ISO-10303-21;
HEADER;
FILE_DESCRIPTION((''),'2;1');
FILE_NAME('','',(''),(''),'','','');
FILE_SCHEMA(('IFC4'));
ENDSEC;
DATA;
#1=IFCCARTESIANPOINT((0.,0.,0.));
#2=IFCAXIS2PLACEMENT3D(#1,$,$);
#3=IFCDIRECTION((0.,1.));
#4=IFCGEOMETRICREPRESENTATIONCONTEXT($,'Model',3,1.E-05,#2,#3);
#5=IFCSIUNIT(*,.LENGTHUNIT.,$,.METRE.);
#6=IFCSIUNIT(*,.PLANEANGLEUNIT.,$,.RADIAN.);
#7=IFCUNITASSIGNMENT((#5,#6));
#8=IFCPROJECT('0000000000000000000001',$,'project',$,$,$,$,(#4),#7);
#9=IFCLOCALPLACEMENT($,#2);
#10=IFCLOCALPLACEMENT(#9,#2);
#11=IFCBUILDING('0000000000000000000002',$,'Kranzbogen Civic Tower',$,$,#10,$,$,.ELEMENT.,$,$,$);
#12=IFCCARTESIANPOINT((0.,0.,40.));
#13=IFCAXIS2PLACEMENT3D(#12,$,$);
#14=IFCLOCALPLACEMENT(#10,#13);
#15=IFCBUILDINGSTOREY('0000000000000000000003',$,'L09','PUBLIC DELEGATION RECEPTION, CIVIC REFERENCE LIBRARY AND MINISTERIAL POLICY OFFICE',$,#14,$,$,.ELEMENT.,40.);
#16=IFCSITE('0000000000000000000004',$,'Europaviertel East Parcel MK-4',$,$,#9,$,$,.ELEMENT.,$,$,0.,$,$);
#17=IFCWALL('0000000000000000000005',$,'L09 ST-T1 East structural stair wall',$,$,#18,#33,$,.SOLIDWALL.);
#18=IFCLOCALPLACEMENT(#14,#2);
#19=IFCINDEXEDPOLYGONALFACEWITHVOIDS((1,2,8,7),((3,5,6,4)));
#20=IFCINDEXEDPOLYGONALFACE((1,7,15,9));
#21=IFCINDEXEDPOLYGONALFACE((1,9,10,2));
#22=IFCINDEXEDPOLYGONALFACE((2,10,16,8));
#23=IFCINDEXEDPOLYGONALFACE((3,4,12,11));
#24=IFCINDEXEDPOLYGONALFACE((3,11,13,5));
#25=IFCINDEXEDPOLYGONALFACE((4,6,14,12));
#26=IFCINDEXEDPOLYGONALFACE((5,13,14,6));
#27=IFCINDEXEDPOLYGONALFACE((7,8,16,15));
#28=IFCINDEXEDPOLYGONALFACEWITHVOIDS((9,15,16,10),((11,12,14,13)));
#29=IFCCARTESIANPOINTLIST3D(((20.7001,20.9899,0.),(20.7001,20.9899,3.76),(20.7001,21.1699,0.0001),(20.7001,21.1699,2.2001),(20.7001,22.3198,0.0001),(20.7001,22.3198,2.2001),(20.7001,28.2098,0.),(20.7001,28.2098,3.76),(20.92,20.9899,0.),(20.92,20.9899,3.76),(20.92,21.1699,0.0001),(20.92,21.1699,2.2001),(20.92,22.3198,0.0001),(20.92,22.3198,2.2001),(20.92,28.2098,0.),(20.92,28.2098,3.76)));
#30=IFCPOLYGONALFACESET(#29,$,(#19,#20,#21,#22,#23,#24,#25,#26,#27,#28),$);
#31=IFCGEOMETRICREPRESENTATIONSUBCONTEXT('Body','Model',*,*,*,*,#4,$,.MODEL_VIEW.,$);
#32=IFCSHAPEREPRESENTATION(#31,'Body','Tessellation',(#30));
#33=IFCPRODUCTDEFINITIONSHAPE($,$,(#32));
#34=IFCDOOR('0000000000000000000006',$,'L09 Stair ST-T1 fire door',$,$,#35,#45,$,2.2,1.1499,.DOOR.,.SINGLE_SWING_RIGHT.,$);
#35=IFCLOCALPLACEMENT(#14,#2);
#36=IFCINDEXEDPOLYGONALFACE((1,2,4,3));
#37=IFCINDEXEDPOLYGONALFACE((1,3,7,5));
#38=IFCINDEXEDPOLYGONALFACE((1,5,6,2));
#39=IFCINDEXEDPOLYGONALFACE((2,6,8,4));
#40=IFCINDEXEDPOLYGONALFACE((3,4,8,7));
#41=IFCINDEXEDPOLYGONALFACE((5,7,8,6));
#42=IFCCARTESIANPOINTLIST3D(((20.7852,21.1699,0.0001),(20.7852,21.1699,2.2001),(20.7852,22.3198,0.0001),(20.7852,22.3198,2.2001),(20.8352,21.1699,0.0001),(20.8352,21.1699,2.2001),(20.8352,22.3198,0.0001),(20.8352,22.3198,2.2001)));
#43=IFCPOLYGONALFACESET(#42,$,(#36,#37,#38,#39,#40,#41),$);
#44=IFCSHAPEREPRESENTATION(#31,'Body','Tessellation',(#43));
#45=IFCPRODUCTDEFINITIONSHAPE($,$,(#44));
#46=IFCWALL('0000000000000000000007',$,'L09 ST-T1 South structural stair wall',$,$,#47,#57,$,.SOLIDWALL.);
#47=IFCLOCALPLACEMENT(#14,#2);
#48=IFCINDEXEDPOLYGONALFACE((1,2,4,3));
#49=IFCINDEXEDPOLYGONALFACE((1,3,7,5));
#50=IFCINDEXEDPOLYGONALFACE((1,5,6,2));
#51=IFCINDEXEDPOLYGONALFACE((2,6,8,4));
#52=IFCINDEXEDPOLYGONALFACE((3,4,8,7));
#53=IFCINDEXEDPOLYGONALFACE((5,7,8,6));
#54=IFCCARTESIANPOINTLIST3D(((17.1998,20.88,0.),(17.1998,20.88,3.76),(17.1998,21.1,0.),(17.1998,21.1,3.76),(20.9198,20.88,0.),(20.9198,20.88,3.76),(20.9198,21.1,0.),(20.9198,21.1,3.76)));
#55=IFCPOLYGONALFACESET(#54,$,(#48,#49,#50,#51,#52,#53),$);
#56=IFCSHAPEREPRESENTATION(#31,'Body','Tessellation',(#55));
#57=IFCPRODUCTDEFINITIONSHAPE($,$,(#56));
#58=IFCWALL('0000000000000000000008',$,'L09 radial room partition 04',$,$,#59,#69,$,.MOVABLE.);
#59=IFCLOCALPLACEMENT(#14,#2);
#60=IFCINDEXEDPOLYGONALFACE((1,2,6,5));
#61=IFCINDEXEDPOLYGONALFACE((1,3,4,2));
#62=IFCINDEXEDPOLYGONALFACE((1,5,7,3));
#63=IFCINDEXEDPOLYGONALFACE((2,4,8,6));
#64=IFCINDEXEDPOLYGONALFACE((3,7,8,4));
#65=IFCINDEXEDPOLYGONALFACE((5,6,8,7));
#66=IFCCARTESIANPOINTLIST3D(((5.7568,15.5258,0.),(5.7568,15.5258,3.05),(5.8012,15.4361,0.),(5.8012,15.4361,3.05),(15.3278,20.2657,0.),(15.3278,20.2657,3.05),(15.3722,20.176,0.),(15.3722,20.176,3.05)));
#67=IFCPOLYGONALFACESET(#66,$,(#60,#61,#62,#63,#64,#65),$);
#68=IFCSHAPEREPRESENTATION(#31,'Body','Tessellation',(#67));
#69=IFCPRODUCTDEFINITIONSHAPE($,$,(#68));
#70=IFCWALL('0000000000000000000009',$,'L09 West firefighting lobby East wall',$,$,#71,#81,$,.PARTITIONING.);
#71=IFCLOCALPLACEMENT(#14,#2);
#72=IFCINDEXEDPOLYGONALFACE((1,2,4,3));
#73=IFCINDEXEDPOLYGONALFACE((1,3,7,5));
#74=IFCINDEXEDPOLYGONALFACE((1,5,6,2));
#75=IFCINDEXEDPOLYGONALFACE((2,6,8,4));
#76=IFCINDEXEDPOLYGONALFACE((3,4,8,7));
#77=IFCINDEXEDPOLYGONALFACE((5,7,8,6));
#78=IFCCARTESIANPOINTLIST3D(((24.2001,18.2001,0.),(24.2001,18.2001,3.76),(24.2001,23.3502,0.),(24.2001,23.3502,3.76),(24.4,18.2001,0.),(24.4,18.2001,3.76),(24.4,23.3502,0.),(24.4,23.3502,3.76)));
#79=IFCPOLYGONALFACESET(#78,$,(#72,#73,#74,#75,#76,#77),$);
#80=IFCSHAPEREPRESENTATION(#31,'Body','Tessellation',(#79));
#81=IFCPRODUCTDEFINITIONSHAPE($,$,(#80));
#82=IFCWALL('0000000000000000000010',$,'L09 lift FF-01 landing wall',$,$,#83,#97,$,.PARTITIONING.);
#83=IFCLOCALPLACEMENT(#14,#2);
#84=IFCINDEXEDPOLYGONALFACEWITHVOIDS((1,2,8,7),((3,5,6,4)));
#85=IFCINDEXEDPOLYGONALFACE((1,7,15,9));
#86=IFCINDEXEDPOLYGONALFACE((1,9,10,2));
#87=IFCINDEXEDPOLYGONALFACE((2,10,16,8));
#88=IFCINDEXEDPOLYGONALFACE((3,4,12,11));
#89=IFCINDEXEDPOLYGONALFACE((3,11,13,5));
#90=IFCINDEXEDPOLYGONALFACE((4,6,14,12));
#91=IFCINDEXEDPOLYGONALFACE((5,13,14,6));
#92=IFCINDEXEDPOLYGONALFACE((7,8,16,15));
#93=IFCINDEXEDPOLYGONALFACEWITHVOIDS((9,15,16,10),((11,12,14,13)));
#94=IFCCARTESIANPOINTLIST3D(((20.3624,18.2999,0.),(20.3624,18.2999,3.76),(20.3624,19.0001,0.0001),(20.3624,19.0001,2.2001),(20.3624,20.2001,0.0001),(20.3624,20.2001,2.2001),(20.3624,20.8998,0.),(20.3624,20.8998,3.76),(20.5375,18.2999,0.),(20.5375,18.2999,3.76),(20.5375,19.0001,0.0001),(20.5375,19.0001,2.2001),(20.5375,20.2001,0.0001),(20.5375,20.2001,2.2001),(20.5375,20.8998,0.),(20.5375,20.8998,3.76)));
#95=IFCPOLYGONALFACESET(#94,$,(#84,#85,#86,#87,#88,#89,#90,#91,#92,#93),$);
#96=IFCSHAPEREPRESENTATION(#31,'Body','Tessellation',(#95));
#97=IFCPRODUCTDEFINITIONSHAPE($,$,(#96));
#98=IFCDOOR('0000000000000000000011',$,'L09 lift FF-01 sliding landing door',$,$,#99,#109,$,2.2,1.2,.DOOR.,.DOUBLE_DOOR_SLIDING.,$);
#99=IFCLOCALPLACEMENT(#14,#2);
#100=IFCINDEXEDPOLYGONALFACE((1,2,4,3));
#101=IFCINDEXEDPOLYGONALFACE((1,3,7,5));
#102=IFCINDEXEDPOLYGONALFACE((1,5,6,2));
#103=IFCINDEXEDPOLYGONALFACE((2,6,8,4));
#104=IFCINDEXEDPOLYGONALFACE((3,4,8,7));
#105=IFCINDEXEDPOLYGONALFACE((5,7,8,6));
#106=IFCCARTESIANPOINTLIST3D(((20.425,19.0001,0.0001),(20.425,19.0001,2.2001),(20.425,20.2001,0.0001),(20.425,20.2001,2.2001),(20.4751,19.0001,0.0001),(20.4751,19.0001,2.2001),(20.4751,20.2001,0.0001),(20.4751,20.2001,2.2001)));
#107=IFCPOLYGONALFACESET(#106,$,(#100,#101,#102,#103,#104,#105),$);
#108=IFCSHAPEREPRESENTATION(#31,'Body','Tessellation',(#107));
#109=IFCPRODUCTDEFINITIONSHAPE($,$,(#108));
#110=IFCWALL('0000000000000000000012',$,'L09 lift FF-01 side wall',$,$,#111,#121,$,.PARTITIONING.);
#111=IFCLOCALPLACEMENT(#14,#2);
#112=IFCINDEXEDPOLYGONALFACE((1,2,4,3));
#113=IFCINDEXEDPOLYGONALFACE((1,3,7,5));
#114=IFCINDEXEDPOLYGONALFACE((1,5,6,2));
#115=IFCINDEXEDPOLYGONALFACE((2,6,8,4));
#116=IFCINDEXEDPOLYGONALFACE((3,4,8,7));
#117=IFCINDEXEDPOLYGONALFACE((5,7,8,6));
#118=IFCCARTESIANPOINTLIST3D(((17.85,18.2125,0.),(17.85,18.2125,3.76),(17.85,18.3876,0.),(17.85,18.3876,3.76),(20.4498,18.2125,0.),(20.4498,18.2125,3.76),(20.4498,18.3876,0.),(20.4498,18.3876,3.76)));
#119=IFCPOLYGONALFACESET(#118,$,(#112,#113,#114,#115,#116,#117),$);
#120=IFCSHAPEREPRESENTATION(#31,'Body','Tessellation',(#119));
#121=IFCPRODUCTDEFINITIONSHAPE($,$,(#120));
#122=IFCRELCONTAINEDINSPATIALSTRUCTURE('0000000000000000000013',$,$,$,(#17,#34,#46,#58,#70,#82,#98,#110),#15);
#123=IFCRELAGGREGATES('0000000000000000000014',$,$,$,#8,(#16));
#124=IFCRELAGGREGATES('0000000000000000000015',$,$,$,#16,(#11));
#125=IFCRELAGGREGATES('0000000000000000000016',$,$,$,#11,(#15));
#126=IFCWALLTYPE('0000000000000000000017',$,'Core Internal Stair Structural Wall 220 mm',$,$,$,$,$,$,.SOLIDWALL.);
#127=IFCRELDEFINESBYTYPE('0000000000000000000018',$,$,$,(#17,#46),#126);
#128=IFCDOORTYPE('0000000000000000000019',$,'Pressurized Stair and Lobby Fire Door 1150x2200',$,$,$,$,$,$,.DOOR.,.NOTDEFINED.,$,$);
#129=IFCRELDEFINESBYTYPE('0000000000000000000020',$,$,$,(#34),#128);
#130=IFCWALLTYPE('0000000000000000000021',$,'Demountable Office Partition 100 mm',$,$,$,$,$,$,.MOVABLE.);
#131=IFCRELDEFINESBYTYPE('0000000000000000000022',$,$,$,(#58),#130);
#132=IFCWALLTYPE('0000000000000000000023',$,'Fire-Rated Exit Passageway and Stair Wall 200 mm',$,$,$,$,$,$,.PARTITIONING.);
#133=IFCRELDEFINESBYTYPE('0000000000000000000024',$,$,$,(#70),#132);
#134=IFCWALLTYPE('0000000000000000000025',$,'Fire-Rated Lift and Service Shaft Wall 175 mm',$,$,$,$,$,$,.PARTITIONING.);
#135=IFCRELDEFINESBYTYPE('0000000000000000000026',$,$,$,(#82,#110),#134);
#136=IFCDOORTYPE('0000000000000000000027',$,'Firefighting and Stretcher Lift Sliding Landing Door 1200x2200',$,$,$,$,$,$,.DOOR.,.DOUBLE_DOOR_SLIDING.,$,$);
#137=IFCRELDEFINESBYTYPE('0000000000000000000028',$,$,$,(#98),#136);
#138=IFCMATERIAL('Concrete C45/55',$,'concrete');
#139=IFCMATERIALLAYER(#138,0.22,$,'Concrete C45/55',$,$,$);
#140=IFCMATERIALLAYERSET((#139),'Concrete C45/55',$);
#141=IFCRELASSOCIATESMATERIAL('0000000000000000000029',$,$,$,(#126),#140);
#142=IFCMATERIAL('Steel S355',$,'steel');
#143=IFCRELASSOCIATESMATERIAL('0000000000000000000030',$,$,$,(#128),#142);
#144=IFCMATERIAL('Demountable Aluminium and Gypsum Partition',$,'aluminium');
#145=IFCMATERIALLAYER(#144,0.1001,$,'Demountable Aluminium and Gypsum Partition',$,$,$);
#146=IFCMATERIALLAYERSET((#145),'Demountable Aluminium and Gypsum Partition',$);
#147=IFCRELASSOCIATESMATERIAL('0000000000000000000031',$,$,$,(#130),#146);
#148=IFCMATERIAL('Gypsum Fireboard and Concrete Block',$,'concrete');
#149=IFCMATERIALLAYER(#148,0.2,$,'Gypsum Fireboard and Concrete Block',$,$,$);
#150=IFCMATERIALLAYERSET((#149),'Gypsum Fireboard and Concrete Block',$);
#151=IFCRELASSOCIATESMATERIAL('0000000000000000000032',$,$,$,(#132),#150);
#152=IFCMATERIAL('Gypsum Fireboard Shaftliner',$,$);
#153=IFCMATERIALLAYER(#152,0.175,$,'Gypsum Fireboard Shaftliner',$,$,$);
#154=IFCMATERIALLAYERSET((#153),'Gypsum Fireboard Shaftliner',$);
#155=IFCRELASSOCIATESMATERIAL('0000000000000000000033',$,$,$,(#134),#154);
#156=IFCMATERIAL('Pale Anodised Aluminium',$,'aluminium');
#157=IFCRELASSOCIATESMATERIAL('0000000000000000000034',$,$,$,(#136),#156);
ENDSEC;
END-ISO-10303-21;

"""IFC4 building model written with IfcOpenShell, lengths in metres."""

from ifc_helpers import new_model, si_unit, direction, frame, frame_2d, origin, place, context, subcontext, project, spatial, rectangle, extrude, material, layer, layer_set, type_object, element, fill, save


model = new_model("IFC4")

# Units and contexts
model_context = context("Model", 3, precision=1e-05, world=origin(), true_north=direction((0.0, 1.0)))
body_context = subcontext(model_context, "Body", "Model", "MODEL_VIEW")
ifc_project = project(units=[si_unit("LENGTHUNIT", "METRE"), si_unit("PLANEANGLEUNIT", "RADIAN")], contexts=[model_context])

# Site, building, storey
site_placement = place(None, origin())
site = spatial("IfcSite", under=ifc_project, at=site_placement, Name="Europaviertel East Parcel MK-4", CompositionType="ELEMENT", RefElevation=0.0)
building_placement = place(site_placement, origin())
building = spatial("IfcBuilding", under=site, at=building_placement, Name="Kranzbogen Civic Tower", CompositionType="ELEMENT")
storey_placement = place(building_placement, frame((0.0, 0.0, 40.0)))
storey = spatial("IfcBuildingStorey", under=building, at=storey_placement, Name="L09", Description="PUBLIC DELEGATION RECEPTION, CIVIC REFERENCE LIBRARY AND MINISTERIAL POLICY OFFICE", CompositionType="ELEMENT", Elevation=40.0)

# Shared definitions
ifc_material_1 = material(Name="Steel S355", Category="steel")

# Shared definitions
ifc_material_2 = material(Name="Pale Anodised Aluminium", Category="aluminium")

# Wall, opening, door
ifc_material_3 = material(Name="Concrete C45/55", Category="concrete")
ifc_layer_1 = layer(ifc_material_3, 0.22, Name="Concrete C45/55")
ifc_layer_set_1 = layer_set([ifc_layer_1], Name="Concrete C45/55")
wall_type_1 = type_object("IfcWallType", Name="Core Internal Stair Structural Wall 220 mm", PredefinedType="SOLIDWALL", material=ifc_layer_set_1)
wall_1_placement = place(storey_placement, frame((20.8101, 20.99, 0.0), z_axis=(0.0, 0.0, 1.0), x_axis=(0.0, 1.0, 0.0)))
wall_1 = element("IfcWall", 1, at=wall_1_placement, inside=storey, type_object=wall_type_1, Name="L09 ST-T1 East structural stair wall", PredefinedType="SOLIDWALL", context=body_context, shape_type="SweptSolid", body=[
    extrude(rectangle(XDim=7.22, YDim=0.22, at=frame_2d((3.6099, 0.0))), origin(), (0.0, 0.0, 1.0), 3.76),
])
opening_1_placement = place(wall_1_placement, frame((0.1799, 0.0, 0.0)))
opening_1 = element("IfcOpeningElement", 2, at=opening_1_placement, cuts=wall_1, PredefinedType="OPENING", context=body_context, shape_type="SweptSolid", body=[
    extrude(rectangle(XDim=1.1499, YDim=2.2, at=frame_2d((0.575, 1.1001))), frame((0.0, 0.1201, 0.0), z_axis=(0.0, -1.0, 0.0), x_axis=(1.0, 0.0, 0.0)), (0.0, 0.0, 1.0), 0.24),
])
door_type_1 = type_object("IfcDoorType", Name="Pressurized Stair and Lobby Fire Door 1150x2200", OperationType="NOTDEFINED", PredefinedType="DOOR", material=ifc_material_1)
door_1_placement = place(opening_1_placement, origin())
door_1 = element("IfcDoor", 3, at=door_1_placement, inside=storey, type_object=door_type_1, Name="L09 Stair ST-T1 fire door", OperationType="SINGLE_SWING_RIGHT", OverallHeight=2.2, OverallWidth=1.1499, PredefinedType="DOOR", context=body_context, shape_type="SweptSolid", body=[
    extrude(rectangle(XDim=1.1499, YDim=2.2, at=frame_2d((0.575, 1.1001))), frame((0.0, 0.0249, 0.0), z_axis=(0.0, -1.0, 0.0), x_axis=(1.0, 0.0, 0.0)), (0.0, 0.0, 1.0), 0.05),
])
fill(opening_1, door_1)

# Walls
wall_2_placement = place(storey_placement, frame((17.2, 20.99, 0.0), z_axis=(0.0, 0.0, 1.0), x_axis=(1.0, 0.0, 0.0)))
element("IfcWall", 4, at=wall_2_placement, inside=storey, type_object=wall_type_1, Name="L09 ST-T1 South structural stair wall", PredefinedType="SOLIDWALL", context=body_context, shape_type="SweptSolid", body=[
    extrude(rectangle(XDim=3.72, YDim=0.22, at=frame_2d((1.8599, 0.0))), origin(), (0.0, 0.0, 1.0), 3.76),
])
ifc_material_4 = material(Name="Demountable Aluminium and Gypsum Partition", Category="aluminium")
ifc_layer_2 = layer(ifc_material_4, 0.1001, Name="Demountable Aluminium and Gypsum Partition")
ifc_layer_set_2 = layer_set([ifc_layer_2], Name="Demountable Aluminium and Gypsum Partition")
wall_type_2 = type_object("IfcWallType", Name="Demountable Office Partition 100 mm", PredefinedType="MOVABLE", material=ifc_layer_set_2)
wall_3_placement = place(storey_placement, frame((15.3501, 20.2209, 0.0), z_axis=(0.0, 0.0, 1.0), x_axis=(-0.896126, -0.4438, 0.0)))
element("IfcWall", 5, at=wall_3_placement, inside=storey, type_object=wall_type_2, Name="L09 radial room partition 04", PredefinedType="MOVABLE", context=body_context, shape_type="SweptSolid", body=[
    extrude(rectangle(XDim=10.6804, YDim=0.1001, at=frame_2d((5.3403, 0.0))), origin(), (0.0, 0.0, 1.0), 3.05),
])
ifc_material_5 = material(Name="Gypsum Fireboard and Concrete Block", Category="concrete")
ifc_layer_3 = layer(ifc_material_5, 0.2, Name="Gypsum Fireboard and Concrete Block")
ifc_layer_set_3 = layer_set([ifc_layer_3], Name="Gypsum Fireboard and Concrete Block")
wall_type_3 = type_object("IfcWallType", Name="Fire-Rated Exit Passageway and Stair Wall 200 mm", PredefinedType="PARTITIONING", material=ifc_layer_set_3)
wall_4_placement = place(storey_placement, frame((24.3, 18.2, 0.0), z_axis=(0.0, 0.0, 1.0), x_axis=(0.0, 1.0, 0.0)))
element("IfcWall", 6, at=wall_4_placement, inside=storey, type_object=wall_type_3, Name="L09 West firefighting lobby East wall", PredefinedType="PARTITIONING", context=body_context, shape_type="SweptSolid", body=[
    extrude(rectangle(XDim=5.1501, YDim=0.2, at=frame_2d((2.5752, 0.0))), origin(), (0.0, 0.0, 1.0), 3.76),
])

# Wall, opening, door
ifc_material_6 = material(Name="Gypsum Fireboard Shaftliner")
ifc_layer_4 = layer(ifc_material_6, 0.175, Name="Gypsum Fireboard Shaftliner")
ifc_layer_set_4 = layer_set([ifc_layer_4], Name="Gypsum Fireboard Shaftliner")
wall_type_4 = type_object("IfcWallType", Name="Fire-Rated Lift and Service Shaft Wall 175 mm", PredefinedType="PARTITIONING", material=ifc_layer_set_4)
wall_5_placement = place(storey_placement, frame((20.45, 18.3, 0.0), z_axis=(0.0, 0.0, 1.0), x_axis=(0.0, 1.0, 0.0)))
wall_5 = element("IfcWall", 7, at=wall_5_placement, inside=storey, type_object=wall_type_4, Name="L09 lift FF-01 landing wall", PredefinedType="PARTITIONING", context=body_context, shape_type="SweptSolid", body=[
    extrude(rectangle(XDim=2.5999, YDim=0.175, at=frame_2d((1.2998, 0.0))), origin(), (0.0, 0.0, 1.0), 3.76),
])
opening_2_placement = place(wall_5_placement, frame((0.7, 0.0, 0.0)))
opening_2 = element("IfcOpeningElement", 8, at=opening_2_placement, cuts=wall_5, PredefinedType="OPENING", context=body_context, shape_type="SweptSolid", body=[
    extrude(rectangle(XDim=1.2, YDim=2.2, at=frame_2d((0.6001, 1.1001))), frame((0.0, 0.0977, 0.0), z_axis=(0.0, -1.0, 0.0), x_axis=(1.0, 0.0, 0.0)), (0.0, 0.0, 1.0), 0.1951),
])
door_type_2 = type_object("IfcDoorType", Name="Firefighting and Stretcher Lift Sliding Landing Door 1200x2200", OperationType="DOUBLE_DOOR_SLIDING", PredefinedType="DOOR", material=ifc_material_2)
door_2_placement = place(opening_2_placement, origin())
door_2 = element("IfcDoor", 9, at=door_2_placement, inside=storey, type_object=door_type_2, Name="L09 lift FF-01 sliding landing door", OperationType="DOUBLE_DOOR_SLIDING", OverallHeight=2.2, OverallWidth=1.2, PredefinedType="DOOR", context=body_context, shape_type="SweptSolid", body=[
    extrude(rectangle(XDim=1.2, YDim=2.2, at=frame_2d((0.6001, 1.1001))), frame((0.0, 0.0249, 0.0), z_axis=(0.0, -1.0, 0.0), x_axis=(1.0, 0.0, 0.0)), (0.0, 0.0, 1.0), 0.05),
])
fill(opening_2, door_2)

# Wall
wall_6_placement = place(storey_placement, frame((17.8501, 18.3, 0.0), z_axis=(0.0, 0.0, 1.0), x_axis=(1.0, 0.0, 0.0)))
element("IfcWall", 10, at=wall_6_placement, inside=storey, type_object=wall_type_4, Name="L09 lift FF-01 side wall", PredefinedType="PARTITIONING", context=body_context, shape_type="SweptSolid", body=[
    extrude(rectangle(XDim=2.5999, YDim=0.175, at=frame_2d((1.2998, 0.0))), origin(), (0.0, 0.0, 1.0), 3.76),
])

save(model, "model.ifc")
